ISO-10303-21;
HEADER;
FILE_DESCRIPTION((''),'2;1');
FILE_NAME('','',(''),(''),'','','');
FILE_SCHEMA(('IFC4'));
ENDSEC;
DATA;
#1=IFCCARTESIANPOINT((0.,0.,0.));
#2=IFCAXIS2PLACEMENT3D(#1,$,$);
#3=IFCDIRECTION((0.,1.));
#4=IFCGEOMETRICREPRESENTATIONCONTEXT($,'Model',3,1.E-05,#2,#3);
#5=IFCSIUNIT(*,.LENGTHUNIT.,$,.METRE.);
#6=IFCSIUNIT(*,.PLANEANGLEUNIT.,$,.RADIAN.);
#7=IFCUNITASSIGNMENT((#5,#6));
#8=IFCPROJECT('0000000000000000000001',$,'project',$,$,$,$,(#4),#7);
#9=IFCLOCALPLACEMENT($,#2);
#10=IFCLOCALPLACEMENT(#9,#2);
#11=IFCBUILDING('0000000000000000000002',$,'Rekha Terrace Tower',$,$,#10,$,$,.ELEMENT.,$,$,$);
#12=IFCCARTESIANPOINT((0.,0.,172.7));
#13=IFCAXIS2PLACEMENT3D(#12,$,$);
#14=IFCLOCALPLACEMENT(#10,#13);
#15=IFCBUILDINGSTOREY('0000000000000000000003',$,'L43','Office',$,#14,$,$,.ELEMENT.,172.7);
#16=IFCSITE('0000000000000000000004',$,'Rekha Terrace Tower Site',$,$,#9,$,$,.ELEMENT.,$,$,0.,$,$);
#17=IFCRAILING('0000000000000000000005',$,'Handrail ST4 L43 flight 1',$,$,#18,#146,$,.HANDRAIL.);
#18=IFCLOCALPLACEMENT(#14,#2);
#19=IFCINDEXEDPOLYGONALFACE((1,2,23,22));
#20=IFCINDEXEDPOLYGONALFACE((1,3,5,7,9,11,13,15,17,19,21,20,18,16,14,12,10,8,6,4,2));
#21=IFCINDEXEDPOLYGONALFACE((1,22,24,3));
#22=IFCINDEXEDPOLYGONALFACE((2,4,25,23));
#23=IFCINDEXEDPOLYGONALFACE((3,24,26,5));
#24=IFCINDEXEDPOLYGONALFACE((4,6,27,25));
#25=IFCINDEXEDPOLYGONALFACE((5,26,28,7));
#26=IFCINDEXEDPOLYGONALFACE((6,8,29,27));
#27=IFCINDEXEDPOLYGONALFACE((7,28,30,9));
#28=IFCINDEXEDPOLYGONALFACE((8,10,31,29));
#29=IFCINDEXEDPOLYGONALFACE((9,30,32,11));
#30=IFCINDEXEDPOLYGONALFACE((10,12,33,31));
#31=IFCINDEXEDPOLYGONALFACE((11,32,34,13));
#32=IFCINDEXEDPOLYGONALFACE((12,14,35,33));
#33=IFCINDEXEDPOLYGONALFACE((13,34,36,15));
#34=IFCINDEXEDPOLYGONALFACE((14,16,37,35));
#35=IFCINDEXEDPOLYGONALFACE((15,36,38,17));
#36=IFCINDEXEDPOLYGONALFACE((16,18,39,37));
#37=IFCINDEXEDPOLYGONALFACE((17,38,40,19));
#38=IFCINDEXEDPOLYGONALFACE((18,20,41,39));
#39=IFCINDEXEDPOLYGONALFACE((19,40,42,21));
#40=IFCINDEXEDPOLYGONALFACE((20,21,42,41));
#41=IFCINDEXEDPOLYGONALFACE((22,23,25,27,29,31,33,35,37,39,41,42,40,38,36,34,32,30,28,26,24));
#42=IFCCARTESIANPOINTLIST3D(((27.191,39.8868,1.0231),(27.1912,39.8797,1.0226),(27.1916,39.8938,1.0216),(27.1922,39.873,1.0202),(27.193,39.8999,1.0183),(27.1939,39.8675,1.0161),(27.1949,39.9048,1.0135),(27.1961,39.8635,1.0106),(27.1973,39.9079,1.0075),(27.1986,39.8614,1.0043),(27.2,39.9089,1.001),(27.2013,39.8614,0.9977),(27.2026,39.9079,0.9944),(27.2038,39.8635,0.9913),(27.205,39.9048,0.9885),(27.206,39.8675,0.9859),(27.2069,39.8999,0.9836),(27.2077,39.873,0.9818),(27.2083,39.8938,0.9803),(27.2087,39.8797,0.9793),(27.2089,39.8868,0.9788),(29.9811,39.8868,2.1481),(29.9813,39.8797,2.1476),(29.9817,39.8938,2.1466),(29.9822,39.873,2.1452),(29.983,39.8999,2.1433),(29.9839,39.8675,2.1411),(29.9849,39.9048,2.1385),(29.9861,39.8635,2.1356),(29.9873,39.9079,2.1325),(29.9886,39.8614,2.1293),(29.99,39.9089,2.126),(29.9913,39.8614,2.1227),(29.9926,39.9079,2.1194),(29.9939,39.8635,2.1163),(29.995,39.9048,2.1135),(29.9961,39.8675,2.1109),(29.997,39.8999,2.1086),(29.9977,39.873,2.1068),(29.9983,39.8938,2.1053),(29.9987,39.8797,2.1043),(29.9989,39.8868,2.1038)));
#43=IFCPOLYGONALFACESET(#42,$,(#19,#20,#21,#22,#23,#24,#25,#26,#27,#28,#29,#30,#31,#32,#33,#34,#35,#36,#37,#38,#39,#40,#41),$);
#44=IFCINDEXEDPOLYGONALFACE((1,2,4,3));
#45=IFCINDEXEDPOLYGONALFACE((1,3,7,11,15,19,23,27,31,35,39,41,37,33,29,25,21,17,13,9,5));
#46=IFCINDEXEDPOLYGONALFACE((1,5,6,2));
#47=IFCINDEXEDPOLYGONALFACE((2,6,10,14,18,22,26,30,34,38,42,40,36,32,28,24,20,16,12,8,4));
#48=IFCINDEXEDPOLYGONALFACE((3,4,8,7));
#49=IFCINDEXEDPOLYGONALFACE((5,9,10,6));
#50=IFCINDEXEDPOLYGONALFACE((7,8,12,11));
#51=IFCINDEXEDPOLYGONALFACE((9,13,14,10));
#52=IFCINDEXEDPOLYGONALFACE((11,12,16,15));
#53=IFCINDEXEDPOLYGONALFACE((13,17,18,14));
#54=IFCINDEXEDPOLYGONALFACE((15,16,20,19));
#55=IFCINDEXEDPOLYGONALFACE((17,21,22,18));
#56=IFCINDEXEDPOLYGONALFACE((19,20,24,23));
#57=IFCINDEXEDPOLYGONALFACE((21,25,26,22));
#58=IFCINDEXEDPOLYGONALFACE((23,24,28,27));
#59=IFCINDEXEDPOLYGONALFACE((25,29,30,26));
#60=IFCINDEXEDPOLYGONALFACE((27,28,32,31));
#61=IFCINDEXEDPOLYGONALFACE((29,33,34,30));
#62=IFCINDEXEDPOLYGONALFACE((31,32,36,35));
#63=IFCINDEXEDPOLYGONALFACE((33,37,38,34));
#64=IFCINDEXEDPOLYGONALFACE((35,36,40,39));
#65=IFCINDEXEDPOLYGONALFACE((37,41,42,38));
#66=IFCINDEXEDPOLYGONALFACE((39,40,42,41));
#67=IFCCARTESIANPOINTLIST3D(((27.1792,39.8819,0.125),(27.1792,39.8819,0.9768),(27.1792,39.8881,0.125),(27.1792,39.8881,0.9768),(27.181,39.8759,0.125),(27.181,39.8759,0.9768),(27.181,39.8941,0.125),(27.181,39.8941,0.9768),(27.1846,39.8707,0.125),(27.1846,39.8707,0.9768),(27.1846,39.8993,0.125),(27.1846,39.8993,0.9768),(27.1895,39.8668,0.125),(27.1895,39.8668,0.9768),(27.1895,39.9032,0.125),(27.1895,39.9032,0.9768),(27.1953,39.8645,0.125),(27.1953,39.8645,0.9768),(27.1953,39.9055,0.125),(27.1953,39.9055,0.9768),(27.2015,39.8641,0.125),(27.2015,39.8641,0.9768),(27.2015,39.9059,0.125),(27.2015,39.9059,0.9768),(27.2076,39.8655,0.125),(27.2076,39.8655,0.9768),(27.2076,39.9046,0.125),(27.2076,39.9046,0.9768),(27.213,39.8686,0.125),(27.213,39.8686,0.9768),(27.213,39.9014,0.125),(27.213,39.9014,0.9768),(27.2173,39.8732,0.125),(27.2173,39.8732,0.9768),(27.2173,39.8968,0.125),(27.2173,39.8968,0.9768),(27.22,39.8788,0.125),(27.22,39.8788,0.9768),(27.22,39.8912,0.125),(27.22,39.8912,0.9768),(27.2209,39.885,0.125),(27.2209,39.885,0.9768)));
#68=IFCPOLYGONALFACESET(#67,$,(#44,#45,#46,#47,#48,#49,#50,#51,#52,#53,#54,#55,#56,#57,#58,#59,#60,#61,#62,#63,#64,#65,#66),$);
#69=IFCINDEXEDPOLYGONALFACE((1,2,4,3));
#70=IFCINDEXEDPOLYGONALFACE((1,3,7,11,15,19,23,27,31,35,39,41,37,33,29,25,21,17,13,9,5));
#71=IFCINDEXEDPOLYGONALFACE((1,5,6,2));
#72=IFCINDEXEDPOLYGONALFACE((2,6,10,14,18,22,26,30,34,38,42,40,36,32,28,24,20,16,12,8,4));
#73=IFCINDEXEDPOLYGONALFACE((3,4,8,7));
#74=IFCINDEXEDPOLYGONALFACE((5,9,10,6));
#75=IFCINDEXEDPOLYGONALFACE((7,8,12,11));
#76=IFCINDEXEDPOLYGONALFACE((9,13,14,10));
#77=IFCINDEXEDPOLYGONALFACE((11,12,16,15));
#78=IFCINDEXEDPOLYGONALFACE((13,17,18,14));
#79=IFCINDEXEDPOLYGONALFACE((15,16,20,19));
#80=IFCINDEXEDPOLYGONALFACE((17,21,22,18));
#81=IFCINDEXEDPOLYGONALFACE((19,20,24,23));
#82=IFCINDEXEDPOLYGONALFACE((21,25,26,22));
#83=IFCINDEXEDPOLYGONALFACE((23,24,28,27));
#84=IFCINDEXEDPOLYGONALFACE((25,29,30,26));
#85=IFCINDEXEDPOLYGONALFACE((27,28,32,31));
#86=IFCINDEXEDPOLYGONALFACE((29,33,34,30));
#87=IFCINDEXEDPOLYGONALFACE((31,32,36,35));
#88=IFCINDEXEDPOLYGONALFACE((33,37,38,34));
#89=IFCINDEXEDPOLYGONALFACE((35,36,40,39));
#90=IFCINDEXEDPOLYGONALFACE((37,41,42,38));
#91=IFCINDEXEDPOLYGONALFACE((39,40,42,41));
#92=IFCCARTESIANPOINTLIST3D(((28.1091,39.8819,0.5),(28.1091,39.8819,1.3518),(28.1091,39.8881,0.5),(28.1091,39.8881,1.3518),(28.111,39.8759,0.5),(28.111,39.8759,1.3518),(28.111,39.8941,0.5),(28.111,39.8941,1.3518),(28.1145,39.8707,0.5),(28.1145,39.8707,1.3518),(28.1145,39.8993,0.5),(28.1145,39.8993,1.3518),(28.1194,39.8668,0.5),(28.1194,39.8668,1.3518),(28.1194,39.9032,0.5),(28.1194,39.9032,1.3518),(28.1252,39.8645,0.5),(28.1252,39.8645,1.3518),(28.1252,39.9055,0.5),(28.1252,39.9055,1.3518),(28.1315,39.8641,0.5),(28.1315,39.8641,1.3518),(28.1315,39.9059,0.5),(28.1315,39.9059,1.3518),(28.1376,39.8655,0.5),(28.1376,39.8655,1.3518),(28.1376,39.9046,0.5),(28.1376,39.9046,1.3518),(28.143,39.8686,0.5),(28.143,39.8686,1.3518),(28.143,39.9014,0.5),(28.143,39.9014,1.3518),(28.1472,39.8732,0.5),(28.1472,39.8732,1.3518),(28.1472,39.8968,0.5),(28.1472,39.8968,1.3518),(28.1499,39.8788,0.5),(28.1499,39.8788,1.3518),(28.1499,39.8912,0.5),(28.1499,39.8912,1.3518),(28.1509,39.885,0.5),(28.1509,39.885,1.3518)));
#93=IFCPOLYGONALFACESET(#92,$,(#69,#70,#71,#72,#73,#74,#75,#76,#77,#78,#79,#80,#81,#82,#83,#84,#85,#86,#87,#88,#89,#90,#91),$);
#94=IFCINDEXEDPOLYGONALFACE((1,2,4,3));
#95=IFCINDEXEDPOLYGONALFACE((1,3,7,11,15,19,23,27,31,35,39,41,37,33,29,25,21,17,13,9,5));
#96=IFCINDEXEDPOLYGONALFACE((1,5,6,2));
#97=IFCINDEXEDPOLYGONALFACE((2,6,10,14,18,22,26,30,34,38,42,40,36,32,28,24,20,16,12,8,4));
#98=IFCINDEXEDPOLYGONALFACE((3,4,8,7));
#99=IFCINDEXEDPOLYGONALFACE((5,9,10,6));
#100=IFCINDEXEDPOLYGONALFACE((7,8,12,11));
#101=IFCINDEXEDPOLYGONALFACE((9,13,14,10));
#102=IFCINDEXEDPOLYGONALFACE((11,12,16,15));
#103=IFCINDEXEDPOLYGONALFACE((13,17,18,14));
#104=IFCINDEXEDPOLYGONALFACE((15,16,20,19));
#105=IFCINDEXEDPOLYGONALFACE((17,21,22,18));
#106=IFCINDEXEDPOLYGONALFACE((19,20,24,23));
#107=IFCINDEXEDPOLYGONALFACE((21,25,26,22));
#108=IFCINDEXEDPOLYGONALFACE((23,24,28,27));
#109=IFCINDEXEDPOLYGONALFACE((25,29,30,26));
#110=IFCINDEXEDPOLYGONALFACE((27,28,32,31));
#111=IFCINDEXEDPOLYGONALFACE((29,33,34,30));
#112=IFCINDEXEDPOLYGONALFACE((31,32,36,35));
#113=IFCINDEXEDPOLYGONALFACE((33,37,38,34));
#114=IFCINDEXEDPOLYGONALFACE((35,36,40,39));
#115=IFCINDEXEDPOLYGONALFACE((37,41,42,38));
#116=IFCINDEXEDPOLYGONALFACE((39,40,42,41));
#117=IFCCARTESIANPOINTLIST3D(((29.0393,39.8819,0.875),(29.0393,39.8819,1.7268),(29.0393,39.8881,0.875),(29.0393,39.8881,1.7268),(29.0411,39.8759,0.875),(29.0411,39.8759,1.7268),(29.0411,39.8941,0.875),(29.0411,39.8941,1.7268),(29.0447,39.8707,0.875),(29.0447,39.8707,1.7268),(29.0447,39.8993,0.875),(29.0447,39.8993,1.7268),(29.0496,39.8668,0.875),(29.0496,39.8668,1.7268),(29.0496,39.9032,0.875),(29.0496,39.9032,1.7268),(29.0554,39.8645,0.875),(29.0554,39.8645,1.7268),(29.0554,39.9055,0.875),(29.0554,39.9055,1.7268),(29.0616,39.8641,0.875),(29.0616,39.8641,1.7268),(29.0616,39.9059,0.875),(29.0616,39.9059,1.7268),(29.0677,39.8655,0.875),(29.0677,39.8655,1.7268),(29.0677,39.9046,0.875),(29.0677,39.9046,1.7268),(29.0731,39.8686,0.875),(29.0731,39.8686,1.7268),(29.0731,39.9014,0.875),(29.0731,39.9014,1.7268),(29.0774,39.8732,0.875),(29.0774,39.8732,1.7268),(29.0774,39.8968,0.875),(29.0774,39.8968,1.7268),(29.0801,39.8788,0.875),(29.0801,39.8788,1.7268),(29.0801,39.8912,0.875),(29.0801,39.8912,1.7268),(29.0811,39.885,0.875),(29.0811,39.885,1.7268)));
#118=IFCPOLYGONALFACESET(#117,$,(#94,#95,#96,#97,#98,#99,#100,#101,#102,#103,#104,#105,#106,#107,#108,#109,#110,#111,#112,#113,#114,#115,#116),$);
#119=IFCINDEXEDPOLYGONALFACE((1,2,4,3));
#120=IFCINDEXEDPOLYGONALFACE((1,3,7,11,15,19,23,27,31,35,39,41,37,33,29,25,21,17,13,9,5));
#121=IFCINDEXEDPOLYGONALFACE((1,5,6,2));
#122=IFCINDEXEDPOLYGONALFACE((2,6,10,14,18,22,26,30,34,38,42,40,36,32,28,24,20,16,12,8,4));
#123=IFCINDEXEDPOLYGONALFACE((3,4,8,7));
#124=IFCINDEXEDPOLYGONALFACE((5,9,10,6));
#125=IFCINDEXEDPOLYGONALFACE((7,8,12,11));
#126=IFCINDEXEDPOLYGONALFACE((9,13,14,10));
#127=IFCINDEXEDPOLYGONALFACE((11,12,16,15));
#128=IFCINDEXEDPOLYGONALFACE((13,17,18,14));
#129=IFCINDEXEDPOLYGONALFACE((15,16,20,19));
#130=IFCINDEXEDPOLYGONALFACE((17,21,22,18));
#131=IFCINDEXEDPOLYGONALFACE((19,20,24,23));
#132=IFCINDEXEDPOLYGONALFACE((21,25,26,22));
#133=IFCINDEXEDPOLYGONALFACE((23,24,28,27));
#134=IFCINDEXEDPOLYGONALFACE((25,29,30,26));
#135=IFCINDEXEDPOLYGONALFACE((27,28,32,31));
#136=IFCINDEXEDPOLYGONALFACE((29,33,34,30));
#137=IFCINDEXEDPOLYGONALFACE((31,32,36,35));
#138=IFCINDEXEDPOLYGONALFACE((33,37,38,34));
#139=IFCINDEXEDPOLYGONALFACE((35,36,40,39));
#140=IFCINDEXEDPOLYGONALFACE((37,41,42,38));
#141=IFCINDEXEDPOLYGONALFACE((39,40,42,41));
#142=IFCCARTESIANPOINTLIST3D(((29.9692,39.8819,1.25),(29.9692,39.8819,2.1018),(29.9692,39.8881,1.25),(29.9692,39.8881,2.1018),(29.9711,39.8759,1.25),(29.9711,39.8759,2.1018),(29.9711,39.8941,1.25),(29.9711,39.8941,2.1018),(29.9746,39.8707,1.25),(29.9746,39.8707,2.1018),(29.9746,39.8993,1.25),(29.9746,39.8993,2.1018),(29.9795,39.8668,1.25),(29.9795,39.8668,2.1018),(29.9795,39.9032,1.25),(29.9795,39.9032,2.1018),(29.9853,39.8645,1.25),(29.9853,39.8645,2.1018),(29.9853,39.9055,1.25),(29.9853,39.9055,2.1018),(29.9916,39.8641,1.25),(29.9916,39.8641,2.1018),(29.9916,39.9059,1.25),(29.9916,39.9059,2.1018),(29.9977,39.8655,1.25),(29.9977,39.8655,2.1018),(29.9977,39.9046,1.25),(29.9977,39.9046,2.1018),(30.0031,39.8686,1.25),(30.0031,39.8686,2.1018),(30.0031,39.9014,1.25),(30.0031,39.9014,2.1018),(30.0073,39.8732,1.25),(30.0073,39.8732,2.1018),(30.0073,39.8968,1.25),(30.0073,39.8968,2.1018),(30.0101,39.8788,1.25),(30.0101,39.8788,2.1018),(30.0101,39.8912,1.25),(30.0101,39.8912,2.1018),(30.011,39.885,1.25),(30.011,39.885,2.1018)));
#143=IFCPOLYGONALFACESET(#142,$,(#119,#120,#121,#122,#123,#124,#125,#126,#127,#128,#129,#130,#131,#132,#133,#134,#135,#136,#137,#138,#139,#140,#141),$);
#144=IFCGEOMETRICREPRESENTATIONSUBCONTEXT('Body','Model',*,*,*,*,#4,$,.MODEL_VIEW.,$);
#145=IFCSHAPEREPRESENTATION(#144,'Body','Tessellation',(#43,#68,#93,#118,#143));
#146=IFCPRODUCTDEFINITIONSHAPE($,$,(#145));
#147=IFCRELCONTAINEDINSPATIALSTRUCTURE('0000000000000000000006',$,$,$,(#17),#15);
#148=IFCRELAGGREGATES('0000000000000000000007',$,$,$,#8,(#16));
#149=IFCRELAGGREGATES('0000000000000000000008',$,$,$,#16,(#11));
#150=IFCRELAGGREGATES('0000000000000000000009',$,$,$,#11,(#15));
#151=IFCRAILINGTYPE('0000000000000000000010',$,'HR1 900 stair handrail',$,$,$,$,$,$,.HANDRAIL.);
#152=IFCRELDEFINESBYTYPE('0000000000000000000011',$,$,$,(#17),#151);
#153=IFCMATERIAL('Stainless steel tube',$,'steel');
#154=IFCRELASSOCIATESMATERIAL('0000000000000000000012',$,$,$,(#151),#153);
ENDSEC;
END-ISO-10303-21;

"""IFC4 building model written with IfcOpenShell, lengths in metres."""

from ifc_helpers import new_model, si_unit, direction, frame, origin, origin_2d, place, context, subcontext, project, spatial, circle, extrude, material, type_object, element, save


model = new_model("IFC4")

# Units and contexts
model_context = context("Model", 3, precision=1e-05, world=origin(), true_north=direction((0.0, 1.0)))
body_context = subcontext(model_context, "Body", "Model", "MODEL_VIEW")
ifc_project = project(units=[si_unit("LENGTHUNIT", "METRE"), si_unit("PLANEANGLEUNIT", "RADIAN")], contexts=[model_context])

# Site, building, storey
site_placement = place(None, origin())
site = spatial("IfcSite", under=ifc_project, at=site_placement, Name="Rekha Terrace Tower Site", CompositionType="ELEMENT", RefElevation=0.0)
building_placement = place(site_placement, origin())
building = spatial("IfcBuilding", under=site, at=building_placement, Name="Rekha Terrace Tower", CompositionType="ELEMENT")
storey_placement = place(building_placement, frame((0.0, 0.0, 172.7)))
storey = spatial("IfcBuildingStorey", under=building, at=storey_placement, Name="L43", Description="Office", CompositionType="ELEMENT", Elevation=172.7)

# Railing
ifc_material_1 = material(Name="Stainless steel tube", Category="steel")
railing_type_1 = type_object("IfcRailingType", Name="HR1 900 stair handrail", PredefinedType="HANDRAIL", material=ifc_material_1)
railing_1_placement = place(storey_placement, frame((27.2, 39.885, 0.125)))
element("IfcRailing", 1, at=railing_1_placement, inside=storey, type_object=railing_type_1, Name="Handrail ST4 L43 flight 1", PredefinedType="HANDRAIL", context=body_context, shape_type="SweptSolid", body=[
    extrude(circle(Radius=0.0239, at=origin_2d()), frame((0.0, 0.0, 0.876), z_axis=(0.927443, 0.0, 0.373964), x_axis=(0.0, 1.0, 0.0)), (0.0, 0.0, 1.0), 3.0083),
    extrude(circle(Radius=0.021, at=origin_2d()), origin(), (0.0, 0.0, 1.0), 0.8518),
    extrude(circle(Radius=0.021, at=origin_2d()), frame((0.9299, 0.0, 0.375)), (0.0, 0.0, 1.0), 0.8518),
    extrude(circle(Radius=0.021, at=origin_2d()), frame((1.8601, 0.0, 0.75)), (0.0, 0.0, 1.0), 0.8518),
    extrude(circle(Radius=0.021, at=origin_2d()), frame((2.79, 0.0, 1.125)), (0.0, 0.0, 1.0), 0.8518),
])

save(model, "model.ifc")
